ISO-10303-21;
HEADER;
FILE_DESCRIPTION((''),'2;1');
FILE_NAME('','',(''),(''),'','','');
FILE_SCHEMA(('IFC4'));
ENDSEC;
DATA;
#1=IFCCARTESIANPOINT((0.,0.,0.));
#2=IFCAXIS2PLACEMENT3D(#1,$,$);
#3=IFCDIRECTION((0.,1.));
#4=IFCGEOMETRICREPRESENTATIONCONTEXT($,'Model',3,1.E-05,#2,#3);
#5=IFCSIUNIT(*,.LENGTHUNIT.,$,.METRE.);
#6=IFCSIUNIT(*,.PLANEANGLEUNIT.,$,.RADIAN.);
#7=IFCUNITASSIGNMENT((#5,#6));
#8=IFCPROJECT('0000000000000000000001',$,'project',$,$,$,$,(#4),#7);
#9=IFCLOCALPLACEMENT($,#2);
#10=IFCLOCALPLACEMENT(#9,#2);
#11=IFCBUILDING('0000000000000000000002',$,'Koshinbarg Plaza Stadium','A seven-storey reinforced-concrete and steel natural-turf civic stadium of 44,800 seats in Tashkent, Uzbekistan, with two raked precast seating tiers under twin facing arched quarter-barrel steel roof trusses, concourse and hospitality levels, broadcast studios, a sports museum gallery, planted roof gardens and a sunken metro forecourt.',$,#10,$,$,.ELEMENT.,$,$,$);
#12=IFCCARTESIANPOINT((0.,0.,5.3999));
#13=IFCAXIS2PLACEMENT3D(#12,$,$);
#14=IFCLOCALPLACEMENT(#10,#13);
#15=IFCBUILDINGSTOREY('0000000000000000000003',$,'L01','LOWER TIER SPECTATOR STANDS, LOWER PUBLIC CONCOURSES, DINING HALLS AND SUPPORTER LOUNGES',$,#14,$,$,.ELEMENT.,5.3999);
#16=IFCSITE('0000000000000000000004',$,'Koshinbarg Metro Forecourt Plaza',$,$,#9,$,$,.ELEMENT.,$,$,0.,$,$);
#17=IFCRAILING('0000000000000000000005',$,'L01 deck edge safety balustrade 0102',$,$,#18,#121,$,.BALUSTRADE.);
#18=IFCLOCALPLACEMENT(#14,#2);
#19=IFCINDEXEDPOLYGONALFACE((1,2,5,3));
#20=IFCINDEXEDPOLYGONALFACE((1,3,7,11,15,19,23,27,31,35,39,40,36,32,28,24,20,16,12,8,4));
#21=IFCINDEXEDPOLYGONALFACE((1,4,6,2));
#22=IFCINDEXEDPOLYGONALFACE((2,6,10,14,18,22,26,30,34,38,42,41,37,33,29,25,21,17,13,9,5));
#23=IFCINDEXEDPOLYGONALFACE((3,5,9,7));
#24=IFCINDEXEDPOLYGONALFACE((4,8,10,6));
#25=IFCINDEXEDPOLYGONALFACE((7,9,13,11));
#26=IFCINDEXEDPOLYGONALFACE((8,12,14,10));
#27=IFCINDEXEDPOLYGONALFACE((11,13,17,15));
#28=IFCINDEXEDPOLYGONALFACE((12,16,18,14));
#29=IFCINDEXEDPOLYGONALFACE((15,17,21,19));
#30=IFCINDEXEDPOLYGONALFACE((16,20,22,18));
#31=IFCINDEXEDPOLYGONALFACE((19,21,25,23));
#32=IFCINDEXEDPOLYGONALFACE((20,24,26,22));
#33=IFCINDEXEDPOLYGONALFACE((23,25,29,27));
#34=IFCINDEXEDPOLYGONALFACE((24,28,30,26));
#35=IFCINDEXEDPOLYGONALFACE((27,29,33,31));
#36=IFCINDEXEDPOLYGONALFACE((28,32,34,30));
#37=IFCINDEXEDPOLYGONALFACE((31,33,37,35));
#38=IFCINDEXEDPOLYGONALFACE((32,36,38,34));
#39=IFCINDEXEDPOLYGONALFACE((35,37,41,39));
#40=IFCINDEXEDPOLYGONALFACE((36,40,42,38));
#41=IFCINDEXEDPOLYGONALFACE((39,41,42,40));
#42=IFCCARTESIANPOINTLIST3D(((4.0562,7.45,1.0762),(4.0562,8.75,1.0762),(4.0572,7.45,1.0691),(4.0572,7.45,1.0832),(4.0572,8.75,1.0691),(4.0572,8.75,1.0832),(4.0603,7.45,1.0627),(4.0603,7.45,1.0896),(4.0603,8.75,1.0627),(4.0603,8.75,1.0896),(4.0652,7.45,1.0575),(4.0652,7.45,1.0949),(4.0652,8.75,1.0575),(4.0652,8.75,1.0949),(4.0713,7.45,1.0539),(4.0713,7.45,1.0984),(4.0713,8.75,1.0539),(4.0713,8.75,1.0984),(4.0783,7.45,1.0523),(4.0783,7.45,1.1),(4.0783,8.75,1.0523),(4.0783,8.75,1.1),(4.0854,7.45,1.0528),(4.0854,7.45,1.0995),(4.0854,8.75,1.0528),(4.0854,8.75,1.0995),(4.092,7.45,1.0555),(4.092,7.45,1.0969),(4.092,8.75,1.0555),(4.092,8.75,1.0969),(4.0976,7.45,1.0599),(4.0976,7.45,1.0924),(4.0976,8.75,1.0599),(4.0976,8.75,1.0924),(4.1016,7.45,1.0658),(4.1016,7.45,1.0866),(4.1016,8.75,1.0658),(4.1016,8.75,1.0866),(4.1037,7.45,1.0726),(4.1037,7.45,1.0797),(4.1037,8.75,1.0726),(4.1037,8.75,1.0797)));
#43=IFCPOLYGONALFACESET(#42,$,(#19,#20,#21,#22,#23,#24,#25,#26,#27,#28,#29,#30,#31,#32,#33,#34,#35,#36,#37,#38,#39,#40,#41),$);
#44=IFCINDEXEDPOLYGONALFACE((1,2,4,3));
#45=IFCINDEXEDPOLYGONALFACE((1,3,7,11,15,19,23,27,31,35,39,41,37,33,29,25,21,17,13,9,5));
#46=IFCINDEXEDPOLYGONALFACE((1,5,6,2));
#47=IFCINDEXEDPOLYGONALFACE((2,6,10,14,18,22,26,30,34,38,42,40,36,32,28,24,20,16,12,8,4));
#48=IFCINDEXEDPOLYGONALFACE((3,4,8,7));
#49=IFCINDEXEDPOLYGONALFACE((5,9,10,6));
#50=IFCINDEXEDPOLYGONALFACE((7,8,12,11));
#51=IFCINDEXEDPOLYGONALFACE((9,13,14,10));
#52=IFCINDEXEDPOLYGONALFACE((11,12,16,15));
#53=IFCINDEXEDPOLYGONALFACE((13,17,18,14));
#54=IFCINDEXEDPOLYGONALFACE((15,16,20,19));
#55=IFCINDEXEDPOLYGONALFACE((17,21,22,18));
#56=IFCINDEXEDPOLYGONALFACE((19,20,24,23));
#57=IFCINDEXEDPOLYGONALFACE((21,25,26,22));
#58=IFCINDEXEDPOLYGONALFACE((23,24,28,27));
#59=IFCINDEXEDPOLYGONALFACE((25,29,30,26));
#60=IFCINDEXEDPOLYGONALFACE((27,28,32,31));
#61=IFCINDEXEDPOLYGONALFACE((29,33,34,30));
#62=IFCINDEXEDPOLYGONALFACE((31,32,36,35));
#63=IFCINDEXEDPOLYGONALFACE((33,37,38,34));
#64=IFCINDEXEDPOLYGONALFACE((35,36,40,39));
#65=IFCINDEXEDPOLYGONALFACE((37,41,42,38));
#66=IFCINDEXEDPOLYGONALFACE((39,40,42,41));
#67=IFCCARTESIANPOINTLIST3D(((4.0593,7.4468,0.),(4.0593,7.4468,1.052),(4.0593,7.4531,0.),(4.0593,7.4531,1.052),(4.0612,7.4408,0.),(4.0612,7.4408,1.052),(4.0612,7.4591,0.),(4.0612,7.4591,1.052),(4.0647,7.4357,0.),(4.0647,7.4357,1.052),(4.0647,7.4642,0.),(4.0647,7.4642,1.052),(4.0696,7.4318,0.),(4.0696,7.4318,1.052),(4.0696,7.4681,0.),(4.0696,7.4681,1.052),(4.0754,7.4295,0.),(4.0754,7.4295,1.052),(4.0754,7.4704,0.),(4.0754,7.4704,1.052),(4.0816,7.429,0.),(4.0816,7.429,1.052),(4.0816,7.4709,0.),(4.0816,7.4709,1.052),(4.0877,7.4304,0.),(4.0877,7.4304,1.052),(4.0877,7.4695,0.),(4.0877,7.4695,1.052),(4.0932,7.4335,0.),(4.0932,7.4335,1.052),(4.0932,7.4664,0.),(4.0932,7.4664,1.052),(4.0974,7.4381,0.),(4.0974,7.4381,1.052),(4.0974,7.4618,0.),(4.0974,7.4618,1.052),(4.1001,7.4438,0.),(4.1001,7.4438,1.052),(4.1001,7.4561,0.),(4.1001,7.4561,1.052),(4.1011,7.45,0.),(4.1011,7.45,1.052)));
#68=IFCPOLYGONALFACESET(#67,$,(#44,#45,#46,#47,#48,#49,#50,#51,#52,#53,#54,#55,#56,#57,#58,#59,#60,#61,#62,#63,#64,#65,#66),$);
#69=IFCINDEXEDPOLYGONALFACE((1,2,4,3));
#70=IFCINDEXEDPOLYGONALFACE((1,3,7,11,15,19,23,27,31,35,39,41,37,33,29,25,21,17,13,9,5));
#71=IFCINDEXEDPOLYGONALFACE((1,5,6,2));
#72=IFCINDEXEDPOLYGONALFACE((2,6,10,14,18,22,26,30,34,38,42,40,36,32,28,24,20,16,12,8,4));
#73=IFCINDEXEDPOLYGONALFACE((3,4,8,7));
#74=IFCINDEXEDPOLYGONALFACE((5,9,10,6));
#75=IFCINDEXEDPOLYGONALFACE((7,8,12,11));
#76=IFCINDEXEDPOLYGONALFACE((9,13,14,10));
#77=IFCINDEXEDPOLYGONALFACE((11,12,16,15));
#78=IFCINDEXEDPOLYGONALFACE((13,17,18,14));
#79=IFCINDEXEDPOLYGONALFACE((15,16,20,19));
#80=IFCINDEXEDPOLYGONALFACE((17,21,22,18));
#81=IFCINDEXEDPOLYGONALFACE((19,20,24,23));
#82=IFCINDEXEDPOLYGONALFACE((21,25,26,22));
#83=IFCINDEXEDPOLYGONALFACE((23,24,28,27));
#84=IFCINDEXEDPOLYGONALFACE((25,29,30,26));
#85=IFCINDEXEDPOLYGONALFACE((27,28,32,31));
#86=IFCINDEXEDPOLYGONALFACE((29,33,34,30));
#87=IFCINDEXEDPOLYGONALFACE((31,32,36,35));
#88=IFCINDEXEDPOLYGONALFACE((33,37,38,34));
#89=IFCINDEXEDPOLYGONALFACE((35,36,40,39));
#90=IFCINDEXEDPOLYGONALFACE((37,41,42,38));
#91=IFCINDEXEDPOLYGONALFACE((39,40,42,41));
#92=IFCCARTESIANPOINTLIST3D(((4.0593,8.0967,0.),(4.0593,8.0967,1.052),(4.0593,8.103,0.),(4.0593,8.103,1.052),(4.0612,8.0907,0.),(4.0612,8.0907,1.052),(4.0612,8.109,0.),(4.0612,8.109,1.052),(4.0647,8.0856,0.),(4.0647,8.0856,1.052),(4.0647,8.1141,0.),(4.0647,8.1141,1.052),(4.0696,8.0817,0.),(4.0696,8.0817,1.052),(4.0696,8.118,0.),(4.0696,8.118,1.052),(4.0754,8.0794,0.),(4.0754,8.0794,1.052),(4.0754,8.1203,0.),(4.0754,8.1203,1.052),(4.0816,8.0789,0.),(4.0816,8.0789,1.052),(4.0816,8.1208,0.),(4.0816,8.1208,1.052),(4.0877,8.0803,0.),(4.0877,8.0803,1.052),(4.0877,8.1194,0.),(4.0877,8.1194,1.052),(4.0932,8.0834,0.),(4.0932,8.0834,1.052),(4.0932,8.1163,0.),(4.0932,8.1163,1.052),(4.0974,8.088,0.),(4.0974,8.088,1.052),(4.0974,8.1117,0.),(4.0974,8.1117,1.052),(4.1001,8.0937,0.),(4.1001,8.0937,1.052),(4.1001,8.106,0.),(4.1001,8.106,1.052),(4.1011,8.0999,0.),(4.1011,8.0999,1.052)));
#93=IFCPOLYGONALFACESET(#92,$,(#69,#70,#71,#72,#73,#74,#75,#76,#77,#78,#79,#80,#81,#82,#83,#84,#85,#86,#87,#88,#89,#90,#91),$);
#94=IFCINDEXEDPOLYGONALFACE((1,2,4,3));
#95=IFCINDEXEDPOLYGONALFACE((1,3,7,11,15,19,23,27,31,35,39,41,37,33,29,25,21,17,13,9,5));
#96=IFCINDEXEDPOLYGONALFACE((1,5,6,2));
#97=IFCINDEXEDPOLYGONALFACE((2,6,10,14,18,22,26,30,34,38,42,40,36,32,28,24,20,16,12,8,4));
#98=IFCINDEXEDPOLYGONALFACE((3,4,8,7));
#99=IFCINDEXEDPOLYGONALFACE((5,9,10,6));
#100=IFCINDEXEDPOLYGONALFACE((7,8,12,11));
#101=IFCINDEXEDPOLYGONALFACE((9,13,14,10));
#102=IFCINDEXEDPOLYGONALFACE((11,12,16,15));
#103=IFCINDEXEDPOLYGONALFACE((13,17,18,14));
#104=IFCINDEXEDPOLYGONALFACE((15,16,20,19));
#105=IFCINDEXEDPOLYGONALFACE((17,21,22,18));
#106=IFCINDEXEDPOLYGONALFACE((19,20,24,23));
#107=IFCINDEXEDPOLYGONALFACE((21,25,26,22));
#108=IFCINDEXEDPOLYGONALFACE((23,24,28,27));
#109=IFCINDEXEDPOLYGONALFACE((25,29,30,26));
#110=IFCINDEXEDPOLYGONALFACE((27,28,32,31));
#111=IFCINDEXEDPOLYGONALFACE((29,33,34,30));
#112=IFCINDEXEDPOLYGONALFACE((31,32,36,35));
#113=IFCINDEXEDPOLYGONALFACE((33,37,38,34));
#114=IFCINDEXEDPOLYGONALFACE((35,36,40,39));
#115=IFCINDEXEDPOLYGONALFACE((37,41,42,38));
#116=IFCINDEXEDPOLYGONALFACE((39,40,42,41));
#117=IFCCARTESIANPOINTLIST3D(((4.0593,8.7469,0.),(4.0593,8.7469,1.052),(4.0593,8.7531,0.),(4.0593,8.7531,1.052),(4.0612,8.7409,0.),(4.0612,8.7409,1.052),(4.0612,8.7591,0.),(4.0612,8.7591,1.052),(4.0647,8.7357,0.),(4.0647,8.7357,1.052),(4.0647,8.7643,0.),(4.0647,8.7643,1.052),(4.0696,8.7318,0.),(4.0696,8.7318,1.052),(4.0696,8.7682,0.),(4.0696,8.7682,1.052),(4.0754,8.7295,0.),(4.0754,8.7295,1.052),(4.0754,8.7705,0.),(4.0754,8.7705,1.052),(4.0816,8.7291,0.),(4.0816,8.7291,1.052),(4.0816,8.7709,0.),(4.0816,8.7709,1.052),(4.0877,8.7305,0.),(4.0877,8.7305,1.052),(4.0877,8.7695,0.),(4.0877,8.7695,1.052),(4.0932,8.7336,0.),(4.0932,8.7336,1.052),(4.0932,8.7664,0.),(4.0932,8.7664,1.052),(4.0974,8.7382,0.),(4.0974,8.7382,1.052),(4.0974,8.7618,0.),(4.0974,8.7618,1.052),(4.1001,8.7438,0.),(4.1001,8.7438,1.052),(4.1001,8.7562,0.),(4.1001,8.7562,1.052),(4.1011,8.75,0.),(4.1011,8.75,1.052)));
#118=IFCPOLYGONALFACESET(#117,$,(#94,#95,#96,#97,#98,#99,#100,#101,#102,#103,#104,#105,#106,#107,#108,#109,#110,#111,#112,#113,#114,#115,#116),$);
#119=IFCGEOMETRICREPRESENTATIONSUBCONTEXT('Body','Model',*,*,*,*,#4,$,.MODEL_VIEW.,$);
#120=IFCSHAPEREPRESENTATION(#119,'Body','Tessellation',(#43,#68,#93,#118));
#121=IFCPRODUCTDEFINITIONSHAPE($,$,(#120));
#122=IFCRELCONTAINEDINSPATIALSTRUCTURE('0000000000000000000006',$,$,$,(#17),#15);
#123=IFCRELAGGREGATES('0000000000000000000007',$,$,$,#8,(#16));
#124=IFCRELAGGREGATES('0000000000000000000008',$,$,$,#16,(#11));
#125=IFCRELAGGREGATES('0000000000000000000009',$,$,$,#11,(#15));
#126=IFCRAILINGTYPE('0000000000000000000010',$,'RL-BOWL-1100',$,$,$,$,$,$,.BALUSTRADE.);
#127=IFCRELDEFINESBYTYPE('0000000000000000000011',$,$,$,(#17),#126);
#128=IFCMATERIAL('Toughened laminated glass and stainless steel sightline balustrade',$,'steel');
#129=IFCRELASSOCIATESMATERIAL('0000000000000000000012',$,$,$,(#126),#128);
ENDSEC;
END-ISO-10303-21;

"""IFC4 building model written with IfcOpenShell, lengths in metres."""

from ifc_helpers import new_model, si_unit, direction, frame, origin, origin_2d, place, context, subcontext, project, spatial, circle, extrude, material, type_object, element, save


model = new_model("IFC4")

# Units and contexts
model_context = context("Model", 3, precision=1e-05, world=origin(), true_north=direction((0.0, 1.0)))
body_context = subcontext(model_context, "Body", "Model", "MODEL_VIEW")
ifc_project = project(units=[si_unit("LENGTHUNIT", "METRE"), si_unit("PLANEANGLEUNIT", "RADIAN")], contexts=[model_context])

# Site, building, storey
site_placement = place(None, origin())
site = spatial("IfcSite", under=ifc_project, at=site_placement, Name="Koshinbarg Metro Forecourt Plaza", CompositionType="ELEMENT", RefElevation=0.0)
building_placement = place(site_placement, origin())
building = spatial("IfcBuilding", under=site, at=building_placement, Name="Koshinbarg Plaza Stadium", Description="A seven-storey reinforced-concrete and steel natural-turf civic stadium of 44,800 seats in Tashkent, Uzbekistan, with two raked precast seating tiers under twin facing arched quarter-barrel steel roof trusses, concourse and hospitality levels, broadcast studios, a sports museum gallery, planted roof gardens and a sunken metro forecourt.", CompositionType="ELEMENT")
storey_placement = place(building_placement, frame((0.0, 0.0, 5.3999)))
storey = spatial("IfcBuildingStorey", under=building, at=storey_placement, Name="L01", Description="LOWER TIER SPECTATOR STANDS, LOWER PUBLIC CONCOURSES, DINING HALLS AND SUPPORTER LOUNGES", CompositionType="ELEMENT", Elevation=5.3999)

# Railing
ifc_material_1 = material(Name="Toughened laminated glass and stainless steel sightline balustrade", Category="steel")
railing_type = type_object("IfcRailingType", Name="RL-BOWL-1100", PredefinedType="BALUSTRADE", material=ifc_material_1)
railing_placement = place(storey_placement, frame((4.0801, 7.45, 0.0)))
element("IfcRailing", 1, at=railing_placement, inside=storey, type_object=railing_type, Name="L01 deck edge safety balustrade 0102", PredefinedType="BALUSTRADE", context=body_context, shape_type="SweptSolid", body=[
    extrude(circle(Radius=0.0239, at=origin_2d()), frame((0.0, 0.0, 1.0762), z_axis=(0.0, 1.0, 0.0), x_axis=(-1.0, 0.0, 0.0)), (0.0, 0.0, 1.0), 1.3),
    extrude(circle(Radius=0.021, at=origin_2d()), origin(), (0.0, 0.0, 1.0), 1.052),
    extrude(circle(Radius=0.021, at=origin_2d()), frame((0.0, 0.6499, 0.0)), (0.0, 0.0, 1.0), 1.052),
    extrude(circle(Radius=0.021, at=origin_2d()), frame((0.0, 1.3, 0.0)), (0.0, 0.0, 1.0), 1.052),
])

save(model, "model.ifc")
